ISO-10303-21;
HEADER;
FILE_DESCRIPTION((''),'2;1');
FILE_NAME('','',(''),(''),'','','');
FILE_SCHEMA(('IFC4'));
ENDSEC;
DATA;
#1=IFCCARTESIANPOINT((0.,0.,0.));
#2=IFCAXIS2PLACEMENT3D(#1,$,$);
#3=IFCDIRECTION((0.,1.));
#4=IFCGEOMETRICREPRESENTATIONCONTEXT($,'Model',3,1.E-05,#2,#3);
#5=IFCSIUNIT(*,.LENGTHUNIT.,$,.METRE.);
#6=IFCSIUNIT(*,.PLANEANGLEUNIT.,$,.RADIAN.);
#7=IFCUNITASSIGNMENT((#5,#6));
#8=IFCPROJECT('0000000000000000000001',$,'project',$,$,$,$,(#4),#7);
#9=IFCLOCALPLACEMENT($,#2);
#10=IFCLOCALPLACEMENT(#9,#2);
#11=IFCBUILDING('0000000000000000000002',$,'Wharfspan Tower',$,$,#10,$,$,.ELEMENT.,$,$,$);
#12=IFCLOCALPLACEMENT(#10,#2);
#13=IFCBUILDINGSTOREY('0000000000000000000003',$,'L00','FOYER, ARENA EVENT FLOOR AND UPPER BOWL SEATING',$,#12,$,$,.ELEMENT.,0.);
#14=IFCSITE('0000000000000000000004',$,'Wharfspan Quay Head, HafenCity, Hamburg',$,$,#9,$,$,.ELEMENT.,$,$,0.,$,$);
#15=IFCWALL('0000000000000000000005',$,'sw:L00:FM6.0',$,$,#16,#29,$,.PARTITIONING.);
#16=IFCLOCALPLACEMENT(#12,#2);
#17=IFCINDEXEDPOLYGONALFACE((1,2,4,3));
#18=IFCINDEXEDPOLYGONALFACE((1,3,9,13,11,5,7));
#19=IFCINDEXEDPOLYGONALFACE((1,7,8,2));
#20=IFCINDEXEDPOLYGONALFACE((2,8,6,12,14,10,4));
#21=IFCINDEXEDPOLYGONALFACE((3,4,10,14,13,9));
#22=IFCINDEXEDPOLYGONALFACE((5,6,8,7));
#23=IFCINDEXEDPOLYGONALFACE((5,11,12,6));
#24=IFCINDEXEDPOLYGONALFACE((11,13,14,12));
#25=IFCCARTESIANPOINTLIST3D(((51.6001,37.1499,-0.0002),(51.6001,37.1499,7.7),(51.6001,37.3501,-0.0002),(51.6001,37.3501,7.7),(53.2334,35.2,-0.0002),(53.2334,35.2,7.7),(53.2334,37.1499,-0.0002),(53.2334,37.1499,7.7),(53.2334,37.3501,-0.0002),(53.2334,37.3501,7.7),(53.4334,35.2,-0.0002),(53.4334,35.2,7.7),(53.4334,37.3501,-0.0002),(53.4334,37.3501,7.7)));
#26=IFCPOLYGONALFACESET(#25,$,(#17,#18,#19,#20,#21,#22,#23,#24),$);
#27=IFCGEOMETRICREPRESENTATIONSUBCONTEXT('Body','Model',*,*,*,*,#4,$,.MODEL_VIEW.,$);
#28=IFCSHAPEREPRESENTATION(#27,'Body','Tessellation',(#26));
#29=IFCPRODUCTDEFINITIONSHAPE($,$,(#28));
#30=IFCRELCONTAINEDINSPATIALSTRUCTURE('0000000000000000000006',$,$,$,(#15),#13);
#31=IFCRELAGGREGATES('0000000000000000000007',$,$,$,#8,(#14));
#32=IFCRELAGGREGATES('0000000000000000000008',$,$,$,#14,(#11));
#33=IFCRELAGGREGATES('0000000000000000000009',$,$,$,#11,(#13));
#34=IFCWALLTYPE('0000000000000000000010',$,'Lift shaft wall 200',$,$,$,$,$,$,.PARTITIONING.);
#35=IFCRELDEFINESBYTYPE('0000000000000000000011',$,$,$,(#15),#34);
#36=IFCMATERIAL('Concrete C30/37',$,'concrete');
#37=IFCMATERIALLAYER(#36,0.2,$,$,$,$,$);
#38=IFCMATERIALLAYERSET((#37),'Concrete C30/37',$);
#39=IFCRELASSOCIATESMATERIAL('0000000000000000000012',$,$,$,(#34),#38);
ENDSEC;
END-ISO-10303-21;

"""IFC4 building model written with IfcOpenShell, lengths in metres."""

from ifc_helpers import new_model, si_unit, direction, frame, origin, place, context, subcontext, project, spatial, polyline, outline, extrude, material, layer, layer_set, type_object, element, save


model = new_model("IFC4")

# Units and contexts
model_context = context("Model", 3, precision=1e-05, world=origin(), true_north=direction((0.0, 1.0)))
body_context = subcontext(model_context, "Body", "Model", "MODEL_VIEW")
ifc_project = project(units=[si_unit("LENGTHUNIT", "METRE"), si_unit("PLANEANGLEUNIT", "RADIAN")], contexts=[model_context])

# Site, building, storey
site_placement = place(None, origin())
site = spatial("IfcSite", under=ifc_project, at=site_placement, Name="Wharfspan Quay Head, HafenCity, Hamburg", CompositionType="ELEMENT", RefElevation=0.0)
building_placement = place(site_placement, origin())
building = spatial("IfcBuilding", under=site, at=building_placement, Name="Wharfspan Tower", CompositionType="ELEMENT")
storey_placement = place(building_placement, origin())
storey = spatial("IfcBuildingStorey", under=building, at=storey_placement, Name="L00", Description="FOYER, ARENA EVENT FLOOR AND UPPER BOWL SEATING", CompositionType="ELEMENT", Elevation=0.0)

# Shared definitions
ifc_material_1 = material(Name="Concrete C30/37", Category="concrete")

# Wall
ifc_layer_1 = layer(ifc_material_1, 0.2)
ifc_layer_set_1 = layer_set([ifc_layer_1], Name="Concrete C30/37")
wall_type = type_object("IfcWallType", Name="Lift shaft wall 200", PredefinedType="PARTITIONING", material=ifc_layer_set_1)
wall_1_placement = place(storey_placement, frame((0.0, 0.0, -0.0002)))
element("IfcWall", 1, at=wall_1_placement, inside=storey, type_object=wall_type, Name="sw:L00:FM6.0", PredefinedType="PARTITIONING", context=body_context, shape_type="SweptSolid", body=[
    extrude(outline(polyline([(53.2334, 37.1499), (51.6001, 37.1499), (51.6001, 37.3501), (53.2334, 37.3501), (53.4333, 37.3501), (53.4333, 35.2), (53.2334, 35.2), (53.2334, 37.1499)])), origin(), (0.0, 0.0, 1.0), 7.7002),
])

save(model, "model.ifc")
